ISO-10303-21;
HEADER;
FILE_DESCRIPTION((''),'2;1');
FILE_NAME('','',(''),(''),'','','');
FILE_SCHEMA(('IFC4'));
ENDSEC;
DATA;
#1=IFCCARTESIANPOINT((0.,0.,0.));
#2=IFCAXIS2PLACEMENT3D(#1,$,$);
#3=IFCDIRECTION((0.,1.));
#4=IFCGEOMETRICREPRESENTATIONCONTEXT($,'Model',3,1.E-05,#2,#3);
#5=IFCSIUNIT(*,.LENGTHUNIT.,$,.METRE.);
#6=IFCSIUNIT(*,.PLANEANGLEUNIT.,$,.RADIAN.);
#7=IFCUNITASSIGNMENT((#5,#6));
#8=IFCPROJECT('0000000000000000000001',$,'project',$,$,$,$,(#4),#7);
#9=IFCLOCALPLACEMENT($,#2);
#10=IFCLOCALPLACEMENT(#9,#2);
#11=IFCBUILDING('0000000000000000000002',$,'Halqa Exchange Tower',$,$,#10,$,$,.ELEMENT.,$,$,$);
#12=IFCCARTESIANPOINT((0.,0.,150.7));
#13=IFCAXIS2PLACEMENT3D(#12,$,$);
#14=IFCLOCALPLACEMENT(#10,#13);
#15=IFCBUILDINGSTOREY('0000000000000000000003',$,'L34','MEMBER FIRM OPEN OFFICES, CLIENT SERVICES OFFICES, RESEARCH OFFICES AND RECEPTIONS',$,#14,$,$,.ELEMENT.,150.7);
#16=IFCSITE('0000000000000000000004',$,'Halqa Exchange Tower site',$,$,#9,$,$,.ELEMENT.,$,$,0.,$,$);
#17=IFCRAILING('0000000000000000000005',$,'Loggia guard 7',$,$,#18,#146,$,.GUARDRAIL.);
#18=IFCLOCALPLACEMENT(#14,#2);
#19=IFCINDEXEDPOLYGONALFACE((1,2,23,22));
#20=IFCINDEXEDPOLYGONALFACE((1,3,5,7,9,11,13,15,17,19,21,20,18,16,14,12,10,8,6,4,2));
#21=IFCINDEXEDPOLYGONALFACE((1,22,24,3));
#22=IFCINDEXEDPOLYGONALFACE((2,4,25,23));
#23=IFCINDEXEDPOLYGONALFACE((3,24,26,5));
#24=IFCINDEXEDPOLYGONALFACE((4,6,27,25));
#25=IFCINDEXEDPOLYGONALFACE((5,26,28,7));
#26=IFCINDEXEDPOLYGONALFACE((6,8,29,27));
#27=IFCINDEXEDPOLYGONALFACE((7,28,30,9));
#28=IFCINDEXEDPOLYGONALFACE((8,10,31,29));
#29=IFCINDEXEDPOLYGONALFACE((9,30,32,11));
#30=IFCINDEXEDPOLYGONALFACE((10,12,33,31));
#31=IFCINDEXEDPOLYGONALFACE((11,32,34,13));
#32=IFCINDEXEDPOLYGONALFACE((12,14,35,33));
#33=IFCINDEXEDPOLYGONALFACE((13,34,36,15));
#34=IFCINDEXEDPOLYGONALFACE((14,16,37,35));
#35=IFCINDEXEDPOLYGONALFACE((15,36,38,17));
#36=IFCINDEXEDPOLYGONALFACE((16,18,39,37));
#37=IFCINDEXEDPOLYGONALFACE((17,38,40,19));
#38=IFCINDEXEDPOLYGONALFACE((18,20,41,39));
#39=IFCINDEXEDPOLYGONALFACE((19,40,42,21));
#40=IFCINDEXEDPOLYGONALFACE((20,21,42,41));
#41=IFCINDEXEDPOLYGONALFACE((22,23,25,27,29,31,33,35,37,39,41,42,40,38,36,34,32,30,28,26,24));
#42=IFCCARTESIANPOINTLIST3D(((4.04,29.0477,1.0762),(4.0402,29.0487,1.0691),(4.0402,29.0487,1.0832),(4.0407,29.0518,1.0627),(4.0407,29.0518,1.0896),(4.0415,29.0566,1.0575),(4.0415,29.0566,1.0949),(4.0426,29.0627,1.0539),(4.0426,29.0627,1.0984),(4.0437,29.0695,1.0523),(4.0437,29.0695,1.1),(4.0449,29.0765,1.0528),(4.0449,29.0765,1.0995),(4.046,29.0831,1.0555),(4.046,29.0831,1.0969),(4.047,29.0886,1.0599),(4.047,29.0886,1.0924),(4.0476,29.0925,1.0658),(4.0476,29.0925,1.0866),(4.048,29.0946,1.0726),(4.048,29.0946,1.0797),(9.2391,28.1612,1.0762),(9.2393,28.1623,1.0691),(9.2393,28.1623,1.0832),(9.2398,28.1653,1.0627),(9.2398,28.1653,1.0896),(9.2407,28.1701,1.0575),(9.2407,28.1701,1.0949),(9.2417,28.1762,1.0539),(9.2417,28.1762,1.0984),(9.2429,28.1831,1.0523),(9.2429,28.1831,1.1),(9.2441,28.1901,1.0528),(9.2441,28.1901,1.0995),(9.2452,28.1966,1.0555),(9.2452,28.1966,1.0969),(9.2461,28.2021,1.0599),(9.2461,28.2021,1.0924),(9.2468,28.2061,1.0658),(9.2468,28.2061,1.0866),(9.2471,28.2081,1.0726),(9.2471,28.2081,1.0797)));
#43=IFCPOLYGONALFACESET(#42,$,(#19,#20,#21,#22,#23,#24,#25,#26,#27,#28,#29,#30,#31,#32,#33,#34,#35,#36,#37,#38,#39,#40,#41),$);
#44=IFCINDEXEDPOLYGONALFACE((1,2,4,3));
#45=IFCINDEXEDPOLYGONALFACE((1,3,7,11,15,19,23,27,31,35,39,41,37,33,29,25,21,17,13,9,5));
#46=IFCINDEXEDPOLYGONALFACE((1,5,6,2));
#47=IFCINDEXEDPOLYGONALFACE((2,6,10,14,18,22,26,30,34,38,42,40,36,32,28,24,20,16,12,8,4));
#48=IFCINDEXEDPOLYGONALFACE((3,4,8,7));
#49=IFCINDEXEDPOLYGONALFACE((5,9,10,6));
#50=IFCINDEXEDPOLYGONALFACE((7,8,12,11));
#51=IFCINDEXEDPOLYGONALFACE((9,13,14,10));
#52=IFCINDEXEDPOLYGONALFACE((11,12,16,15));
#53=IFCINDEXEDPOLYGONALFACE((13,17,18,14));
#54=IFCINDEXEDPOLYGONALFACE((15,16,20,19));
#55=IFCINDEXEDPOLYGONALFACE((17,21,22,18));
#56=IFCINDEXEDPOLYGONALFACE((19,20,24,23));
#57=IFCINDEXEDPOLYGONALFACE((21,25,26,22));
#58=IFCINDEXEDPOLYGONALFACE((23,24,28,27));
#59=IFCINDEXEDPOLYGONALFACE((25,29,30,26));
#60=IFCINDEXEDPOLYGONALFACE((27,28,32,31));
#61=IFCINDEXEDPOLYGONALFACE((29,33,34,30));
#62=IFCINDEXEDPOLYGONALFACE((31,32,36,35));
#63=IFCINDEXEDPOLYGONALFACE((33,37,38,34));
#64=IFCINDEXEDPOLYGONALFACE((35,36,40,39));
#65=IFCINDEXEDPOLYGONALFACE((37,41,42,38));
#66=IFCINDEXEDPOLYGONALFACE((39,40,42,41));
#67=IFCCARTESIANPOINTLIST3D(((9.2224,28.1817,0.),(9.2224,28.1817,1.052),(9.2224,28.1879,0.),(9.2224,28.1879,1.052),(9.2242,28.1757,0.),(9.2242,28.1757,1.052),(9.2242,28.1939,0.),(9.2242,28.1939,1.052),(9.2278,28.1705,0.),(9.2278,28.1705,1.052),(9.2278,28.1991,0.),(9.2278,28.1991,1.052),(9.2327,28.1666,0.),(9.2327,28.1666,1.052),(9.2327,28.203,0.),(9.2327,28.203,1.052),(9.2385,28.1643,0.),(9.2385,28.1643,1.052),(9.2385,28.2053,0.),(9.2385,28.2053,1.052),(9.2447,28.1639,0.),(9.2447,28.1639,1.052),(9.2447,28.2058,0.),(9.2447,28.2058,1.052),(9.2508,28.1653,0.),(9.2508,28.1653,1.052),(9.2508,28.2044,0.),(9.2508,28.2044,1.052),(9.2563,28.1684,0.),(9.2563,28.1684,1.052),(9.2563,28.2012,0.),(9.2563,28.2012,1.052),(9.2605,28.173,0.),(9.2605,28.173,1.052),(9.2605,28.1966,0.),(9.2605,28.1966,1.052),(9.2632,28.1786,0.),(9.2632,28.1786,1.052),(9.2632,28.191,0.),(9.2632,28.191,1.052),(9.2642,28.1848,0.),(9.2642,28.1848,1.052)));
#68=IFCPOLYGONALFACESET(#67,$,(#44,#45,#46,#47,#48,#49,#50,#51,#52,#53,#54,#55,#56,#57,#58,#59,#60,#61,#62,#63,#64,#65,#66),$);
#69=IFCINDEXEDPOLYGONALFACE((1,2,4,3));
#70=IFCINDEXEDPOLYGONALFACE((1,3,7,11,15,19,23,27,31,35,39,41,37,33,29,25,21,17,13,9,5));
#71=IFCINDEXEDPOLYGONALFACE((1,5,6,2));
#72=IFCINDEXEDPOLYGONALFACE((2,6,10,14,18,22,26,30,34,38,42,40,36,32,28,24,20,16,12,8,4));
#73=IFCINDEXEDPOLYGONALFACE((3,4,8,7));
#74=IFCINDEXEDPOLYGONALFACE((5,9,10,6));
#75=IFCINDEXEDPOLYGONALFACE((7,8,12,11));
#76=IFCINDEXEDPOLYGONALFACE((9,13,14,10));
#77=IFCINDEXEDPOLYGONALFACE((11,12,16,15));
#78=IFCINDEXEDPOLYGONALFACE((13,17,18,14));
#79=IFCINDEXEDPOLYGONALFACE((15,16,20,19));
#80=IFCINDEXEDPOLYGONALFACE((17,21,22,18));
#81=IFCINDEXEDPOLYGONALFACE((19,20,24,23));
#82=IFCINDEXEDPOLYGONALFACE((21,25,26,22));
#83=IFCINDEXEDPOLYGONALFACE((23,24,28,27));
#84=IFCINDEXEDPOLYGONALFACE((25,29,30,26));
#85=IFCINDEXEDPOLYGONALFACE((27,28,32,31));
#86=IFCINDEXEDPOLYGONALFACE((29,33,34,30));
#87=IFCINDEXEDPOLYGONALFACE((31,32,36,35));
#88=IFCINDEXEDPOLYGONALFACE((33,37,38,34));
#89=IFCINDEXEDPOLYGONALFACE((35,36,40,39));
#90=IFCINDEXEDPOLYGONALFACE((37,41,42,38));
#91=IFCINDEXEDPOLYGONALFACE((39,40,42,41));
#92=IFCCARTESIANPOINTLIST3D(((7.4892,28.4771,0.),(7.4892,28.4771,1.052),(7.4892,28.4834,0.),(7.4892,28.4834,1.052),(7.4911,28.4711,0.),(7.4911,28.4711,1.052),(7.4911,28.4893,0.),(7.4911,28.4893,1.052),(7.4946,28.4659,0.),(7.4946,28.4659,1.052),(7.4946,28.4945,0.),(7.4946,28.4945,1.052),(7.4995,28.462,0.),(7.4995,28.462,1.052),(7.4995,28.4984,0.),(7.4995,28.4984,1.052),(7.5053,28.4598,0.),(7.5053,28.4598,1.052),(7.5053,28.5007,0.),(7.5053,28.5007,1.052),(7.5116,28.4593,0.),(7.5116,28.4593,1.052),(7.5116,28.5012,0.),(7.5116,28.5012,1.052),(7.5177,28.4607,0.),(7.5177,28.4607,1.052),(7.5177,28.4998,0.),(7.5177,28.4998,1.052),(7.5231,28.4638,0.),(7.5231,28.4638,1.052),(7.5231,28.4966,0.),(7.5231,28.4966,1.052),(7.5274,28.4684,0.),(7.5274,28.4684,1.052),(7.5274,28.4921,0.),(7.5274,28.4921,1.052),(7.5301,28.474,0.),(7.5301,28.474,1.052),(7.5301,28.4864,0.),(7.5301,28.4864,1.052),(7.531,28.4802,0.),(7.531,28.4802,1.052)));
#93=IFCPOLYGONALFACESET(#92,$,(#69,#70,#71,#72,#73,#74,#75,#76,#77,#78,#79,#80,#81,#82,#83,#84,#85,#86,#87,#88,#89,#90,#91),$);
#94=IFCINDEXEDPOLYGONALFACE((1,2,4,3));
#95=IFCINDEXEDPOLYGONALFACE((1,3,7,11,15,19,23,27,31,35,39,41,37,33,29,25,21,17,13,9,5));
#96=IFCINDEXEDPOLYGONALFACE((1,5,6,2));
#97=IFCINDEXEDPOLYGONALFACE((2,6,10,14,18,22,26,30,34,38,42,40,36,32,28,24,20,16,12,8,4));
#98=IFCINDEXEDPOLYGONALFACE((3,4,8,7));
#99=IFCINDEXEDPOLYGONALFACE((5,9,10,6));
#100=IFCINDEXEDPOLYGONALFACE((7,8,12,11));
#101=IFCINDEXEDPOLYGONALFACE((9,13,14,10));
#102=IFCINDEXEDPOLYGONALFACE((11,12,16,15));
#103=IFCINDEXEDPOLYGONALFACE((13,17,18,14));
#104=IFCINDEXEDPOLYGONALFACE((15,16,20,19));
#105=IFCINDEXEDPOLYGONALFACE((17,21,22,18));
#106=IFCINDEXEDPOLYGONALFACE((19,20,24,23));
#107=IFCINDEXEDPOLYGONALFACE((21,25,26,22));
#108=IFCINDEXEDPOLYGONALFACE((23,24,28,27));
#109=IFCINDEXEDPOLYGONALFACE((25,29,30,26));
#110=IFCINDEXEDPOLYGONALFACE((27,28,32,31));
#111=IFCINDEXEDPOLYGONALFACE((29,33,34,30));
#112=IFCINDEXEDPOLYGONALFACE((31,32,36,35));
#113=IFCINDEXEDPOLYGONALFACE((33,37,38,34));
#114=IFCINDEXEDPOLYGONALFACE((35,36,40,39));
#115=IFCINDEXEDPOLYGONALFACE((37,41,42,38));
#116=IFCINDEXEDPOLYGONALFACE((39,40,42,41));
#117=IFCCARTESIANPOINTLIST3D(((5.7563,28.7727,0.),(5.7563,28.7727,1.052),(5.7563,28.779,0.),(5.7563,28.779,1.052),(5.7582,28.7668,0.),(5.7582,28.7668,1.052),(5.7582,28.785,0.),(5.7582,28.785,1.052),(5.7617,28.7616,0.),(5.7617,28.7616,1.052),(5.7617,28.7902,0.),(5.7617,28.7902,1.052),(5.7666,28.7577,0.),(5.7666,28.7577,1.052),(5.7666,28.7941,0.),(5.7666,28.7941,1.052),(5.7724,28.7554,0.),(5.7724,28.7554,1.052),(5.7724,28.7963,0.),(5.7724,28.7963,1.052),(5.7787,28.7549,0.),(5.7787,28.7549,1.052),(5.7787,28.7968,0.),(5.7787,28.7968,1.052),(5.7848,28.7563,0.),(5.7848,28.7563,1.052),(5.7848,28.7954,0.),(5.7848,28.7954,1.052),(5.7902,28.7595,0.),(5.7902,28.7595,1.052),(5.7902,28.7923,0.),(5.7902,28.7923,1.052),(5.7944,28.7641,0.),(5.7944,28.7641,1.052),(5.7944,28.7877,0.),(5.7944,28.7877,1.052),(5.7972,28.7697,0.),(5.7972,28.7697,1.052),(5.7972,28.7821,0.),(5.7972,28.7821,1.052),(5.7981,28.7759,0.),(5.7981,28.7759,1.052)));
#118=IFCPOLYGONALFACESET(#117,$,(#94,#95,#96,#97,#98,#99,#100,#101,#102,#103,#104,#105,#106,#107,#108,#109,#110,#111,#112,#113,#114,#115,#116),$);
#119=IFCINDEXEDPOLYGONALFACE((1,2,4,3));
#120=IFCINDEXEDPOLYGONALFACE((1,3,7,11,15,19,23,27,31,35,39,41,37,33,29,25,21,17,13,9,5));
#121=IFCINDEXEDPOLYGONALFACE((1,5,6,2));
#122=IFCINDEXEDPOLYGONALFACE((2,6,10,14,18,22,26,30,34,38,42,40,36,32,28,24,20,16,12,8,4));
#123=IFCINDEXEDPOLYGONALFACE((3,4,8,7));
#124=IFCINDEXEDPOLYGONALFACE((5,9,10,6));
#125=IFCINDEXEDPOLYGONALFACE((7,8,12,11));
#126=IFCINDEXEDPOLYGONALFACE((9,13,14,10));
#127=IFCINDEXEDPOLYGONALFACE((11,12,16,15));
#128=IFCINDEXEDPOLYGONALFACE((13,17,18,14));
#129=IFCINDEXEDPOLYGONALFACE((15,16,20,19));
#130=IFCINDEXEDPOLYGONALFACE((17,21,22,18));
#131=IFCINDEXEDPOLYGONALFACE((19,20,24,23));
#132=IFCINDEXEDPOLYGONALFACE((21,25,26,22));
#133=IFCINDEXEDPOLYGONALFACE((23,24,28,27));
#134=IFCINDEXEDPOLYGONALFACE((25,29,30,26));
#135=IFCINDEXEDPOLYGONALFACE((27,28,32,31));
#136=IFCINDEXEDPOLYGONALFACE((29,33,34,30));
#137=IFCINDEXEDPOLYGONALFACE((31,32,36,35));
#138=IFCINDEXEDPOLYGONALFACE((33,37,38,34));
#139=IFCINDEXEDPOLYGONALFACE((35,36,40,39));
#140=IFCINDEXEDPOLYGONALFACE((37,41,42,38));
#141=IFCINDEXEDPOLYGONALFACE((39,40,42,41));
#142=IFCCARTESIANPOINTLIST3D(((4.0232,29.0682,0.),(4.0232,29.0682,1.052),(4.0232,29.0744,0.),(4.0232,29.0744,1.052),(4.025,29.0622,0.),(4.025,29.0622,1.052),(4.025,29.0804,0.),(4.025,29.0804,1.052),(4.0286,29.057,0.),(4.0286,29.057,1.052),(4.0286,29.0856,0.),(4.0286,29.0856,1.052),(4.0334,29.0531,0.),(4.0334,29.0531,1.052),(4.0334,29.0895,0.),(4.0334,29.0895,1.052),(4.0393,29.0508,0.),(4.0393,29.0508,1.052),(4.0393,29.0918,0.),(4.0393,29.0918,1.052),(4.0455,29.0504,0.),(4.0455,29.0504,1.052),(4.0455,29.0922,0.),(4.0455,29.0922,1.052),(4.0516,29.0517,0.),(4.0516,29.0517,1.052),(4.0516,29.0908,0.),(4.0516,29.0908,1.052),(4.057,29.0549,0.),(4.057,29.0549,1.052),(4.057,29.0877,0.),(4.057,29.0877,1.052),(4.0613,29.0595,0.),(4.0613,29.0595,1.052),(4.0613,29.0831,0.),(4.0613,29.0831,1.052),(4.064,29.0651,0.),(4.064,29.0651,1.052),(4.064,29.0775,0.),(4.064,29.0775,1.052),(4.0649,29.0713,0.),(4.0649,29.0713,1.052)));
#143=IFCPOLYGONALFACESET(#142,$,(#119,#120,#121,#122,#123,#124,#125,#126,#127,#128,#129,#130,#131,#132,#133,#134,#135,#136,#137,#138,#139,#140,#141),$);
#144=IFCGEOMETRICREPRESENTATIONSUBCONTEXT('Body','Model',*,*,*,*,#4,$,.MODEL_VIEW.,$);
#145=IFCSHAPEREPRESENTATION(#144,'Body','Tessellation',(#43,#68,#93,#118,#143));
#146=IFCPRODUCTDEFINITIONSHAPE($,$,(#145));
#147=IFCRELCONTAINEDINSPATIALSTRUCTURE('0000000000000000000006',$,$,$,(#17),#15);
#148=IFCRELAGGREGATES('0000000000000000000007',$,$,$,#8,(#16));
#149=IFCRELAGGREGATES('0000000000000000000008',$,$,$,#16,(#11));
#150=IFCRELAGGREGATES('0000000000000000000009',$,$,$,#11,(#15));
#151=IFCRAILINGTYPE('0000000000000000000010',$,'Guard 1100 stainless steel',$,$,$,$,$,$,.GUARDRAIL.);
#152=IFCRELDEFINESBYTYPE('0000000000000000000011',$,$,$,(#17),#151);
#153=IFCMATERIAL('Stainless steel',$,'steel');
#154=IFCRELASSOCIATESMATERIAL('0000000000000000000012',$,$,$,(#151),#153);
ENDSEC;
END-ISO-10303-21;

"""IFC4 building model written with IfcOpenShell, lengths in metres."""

from ifc_helpers import new_model, si_unit, direction, frame, origin, origin_2d, place, context, subcontext, project, spatial, circle, extrude, material, type_object, element, save


model = new_model("IFC4")

# Units and contexts
model_context = context("Model", 3, precision=1e-05, world=origin(), true_north=direction((0.0, 1.0)))
body_context = subcontext(model_context, "Body", "Model", "MODEL_VIEW")
ifc_project = project(units=[si_unit("LENGTHUNIT", "METRE"), si_unit("PLANEANGLEUNIT", "RADIAN")], contexts=[model_context])

# Site, building, storey
site_placement = place(None, origin())
site = spatial("IfcSite", under=ifc_project, at=site_placement, Name="Halqa Exchange Tower site", CompositionType="ELEMENT", RefElevation=0.0)
building_placement = place(site_placement, origin())
building = spatial("IfcBuilding", under=site, at=building_placement, Name="Halqa Exchange Tower", CompositionType="ELEMENT")
storey_placement = place(building_placement, frame((0.0, 0.0, 150.7)))
storey = spatial("IfcBuildingStorey", under=building, at=storey_placement, Name="L34", Description="MEMBER FIRM OPEN OFFICES, CLIENT SERVICES OFFICES, RESEARCH OFFICES AND RECEPTIONS", CompositionType="ELEMENT", Elevation=150.7)

# Railing
ifc_material_1 = material(Name="Stainless steel", Category="steel")
railing_type = type_object("IfcRailingType", Name="Guard 1100 stainless steel", PredefinedType="GUARDRAIL", material=ifc_material_1)
railing_1_placement = place(storey_placement, frame((9.2432, 28.1848, 0.0)))
element("IfcRailing", 1, at=railing_1_placement, inside=storey, type_object=railing_type, Name="Loggia guard 7", PredefinedType="GUARDRAIL", context=body_context, shape_type="SweptSolid", body=[
    extrude(circle(Radius=0.0239, at=origin_2d()), frame((0.0, 0.0, 1.0762), z_axis=(-0.985774, 0.168076, 0.0), x_axis=(-0.168076, -0.985774, 0.0)), (0.0, 0.0, 1.0), 5.2742),
    extrude(circle(Radius=0.021, at=origin_2d()), origin(), (0.0, 0.0, 1.0), 1.052),
    extrude(circle(Radius=0.021, at=origin_2d()), frame((-1.7332, 0.2954, 0.0)), (0.0, 0.0, 1.0), 1.052),
    extrude(circle(Radius=0.021, at=origin_2d()), frame((-3.4661, 0.5911, 0.0)), (0.0, 0.0, 1.0), 1.052),
    extrude(circle(Radius=0.021, at=origin_2d()), frame((-5.1992, 0.8865, 0.0)), (0.0, 0.0, 1.0), 1.052),
])

save(model, "model.ifc")
